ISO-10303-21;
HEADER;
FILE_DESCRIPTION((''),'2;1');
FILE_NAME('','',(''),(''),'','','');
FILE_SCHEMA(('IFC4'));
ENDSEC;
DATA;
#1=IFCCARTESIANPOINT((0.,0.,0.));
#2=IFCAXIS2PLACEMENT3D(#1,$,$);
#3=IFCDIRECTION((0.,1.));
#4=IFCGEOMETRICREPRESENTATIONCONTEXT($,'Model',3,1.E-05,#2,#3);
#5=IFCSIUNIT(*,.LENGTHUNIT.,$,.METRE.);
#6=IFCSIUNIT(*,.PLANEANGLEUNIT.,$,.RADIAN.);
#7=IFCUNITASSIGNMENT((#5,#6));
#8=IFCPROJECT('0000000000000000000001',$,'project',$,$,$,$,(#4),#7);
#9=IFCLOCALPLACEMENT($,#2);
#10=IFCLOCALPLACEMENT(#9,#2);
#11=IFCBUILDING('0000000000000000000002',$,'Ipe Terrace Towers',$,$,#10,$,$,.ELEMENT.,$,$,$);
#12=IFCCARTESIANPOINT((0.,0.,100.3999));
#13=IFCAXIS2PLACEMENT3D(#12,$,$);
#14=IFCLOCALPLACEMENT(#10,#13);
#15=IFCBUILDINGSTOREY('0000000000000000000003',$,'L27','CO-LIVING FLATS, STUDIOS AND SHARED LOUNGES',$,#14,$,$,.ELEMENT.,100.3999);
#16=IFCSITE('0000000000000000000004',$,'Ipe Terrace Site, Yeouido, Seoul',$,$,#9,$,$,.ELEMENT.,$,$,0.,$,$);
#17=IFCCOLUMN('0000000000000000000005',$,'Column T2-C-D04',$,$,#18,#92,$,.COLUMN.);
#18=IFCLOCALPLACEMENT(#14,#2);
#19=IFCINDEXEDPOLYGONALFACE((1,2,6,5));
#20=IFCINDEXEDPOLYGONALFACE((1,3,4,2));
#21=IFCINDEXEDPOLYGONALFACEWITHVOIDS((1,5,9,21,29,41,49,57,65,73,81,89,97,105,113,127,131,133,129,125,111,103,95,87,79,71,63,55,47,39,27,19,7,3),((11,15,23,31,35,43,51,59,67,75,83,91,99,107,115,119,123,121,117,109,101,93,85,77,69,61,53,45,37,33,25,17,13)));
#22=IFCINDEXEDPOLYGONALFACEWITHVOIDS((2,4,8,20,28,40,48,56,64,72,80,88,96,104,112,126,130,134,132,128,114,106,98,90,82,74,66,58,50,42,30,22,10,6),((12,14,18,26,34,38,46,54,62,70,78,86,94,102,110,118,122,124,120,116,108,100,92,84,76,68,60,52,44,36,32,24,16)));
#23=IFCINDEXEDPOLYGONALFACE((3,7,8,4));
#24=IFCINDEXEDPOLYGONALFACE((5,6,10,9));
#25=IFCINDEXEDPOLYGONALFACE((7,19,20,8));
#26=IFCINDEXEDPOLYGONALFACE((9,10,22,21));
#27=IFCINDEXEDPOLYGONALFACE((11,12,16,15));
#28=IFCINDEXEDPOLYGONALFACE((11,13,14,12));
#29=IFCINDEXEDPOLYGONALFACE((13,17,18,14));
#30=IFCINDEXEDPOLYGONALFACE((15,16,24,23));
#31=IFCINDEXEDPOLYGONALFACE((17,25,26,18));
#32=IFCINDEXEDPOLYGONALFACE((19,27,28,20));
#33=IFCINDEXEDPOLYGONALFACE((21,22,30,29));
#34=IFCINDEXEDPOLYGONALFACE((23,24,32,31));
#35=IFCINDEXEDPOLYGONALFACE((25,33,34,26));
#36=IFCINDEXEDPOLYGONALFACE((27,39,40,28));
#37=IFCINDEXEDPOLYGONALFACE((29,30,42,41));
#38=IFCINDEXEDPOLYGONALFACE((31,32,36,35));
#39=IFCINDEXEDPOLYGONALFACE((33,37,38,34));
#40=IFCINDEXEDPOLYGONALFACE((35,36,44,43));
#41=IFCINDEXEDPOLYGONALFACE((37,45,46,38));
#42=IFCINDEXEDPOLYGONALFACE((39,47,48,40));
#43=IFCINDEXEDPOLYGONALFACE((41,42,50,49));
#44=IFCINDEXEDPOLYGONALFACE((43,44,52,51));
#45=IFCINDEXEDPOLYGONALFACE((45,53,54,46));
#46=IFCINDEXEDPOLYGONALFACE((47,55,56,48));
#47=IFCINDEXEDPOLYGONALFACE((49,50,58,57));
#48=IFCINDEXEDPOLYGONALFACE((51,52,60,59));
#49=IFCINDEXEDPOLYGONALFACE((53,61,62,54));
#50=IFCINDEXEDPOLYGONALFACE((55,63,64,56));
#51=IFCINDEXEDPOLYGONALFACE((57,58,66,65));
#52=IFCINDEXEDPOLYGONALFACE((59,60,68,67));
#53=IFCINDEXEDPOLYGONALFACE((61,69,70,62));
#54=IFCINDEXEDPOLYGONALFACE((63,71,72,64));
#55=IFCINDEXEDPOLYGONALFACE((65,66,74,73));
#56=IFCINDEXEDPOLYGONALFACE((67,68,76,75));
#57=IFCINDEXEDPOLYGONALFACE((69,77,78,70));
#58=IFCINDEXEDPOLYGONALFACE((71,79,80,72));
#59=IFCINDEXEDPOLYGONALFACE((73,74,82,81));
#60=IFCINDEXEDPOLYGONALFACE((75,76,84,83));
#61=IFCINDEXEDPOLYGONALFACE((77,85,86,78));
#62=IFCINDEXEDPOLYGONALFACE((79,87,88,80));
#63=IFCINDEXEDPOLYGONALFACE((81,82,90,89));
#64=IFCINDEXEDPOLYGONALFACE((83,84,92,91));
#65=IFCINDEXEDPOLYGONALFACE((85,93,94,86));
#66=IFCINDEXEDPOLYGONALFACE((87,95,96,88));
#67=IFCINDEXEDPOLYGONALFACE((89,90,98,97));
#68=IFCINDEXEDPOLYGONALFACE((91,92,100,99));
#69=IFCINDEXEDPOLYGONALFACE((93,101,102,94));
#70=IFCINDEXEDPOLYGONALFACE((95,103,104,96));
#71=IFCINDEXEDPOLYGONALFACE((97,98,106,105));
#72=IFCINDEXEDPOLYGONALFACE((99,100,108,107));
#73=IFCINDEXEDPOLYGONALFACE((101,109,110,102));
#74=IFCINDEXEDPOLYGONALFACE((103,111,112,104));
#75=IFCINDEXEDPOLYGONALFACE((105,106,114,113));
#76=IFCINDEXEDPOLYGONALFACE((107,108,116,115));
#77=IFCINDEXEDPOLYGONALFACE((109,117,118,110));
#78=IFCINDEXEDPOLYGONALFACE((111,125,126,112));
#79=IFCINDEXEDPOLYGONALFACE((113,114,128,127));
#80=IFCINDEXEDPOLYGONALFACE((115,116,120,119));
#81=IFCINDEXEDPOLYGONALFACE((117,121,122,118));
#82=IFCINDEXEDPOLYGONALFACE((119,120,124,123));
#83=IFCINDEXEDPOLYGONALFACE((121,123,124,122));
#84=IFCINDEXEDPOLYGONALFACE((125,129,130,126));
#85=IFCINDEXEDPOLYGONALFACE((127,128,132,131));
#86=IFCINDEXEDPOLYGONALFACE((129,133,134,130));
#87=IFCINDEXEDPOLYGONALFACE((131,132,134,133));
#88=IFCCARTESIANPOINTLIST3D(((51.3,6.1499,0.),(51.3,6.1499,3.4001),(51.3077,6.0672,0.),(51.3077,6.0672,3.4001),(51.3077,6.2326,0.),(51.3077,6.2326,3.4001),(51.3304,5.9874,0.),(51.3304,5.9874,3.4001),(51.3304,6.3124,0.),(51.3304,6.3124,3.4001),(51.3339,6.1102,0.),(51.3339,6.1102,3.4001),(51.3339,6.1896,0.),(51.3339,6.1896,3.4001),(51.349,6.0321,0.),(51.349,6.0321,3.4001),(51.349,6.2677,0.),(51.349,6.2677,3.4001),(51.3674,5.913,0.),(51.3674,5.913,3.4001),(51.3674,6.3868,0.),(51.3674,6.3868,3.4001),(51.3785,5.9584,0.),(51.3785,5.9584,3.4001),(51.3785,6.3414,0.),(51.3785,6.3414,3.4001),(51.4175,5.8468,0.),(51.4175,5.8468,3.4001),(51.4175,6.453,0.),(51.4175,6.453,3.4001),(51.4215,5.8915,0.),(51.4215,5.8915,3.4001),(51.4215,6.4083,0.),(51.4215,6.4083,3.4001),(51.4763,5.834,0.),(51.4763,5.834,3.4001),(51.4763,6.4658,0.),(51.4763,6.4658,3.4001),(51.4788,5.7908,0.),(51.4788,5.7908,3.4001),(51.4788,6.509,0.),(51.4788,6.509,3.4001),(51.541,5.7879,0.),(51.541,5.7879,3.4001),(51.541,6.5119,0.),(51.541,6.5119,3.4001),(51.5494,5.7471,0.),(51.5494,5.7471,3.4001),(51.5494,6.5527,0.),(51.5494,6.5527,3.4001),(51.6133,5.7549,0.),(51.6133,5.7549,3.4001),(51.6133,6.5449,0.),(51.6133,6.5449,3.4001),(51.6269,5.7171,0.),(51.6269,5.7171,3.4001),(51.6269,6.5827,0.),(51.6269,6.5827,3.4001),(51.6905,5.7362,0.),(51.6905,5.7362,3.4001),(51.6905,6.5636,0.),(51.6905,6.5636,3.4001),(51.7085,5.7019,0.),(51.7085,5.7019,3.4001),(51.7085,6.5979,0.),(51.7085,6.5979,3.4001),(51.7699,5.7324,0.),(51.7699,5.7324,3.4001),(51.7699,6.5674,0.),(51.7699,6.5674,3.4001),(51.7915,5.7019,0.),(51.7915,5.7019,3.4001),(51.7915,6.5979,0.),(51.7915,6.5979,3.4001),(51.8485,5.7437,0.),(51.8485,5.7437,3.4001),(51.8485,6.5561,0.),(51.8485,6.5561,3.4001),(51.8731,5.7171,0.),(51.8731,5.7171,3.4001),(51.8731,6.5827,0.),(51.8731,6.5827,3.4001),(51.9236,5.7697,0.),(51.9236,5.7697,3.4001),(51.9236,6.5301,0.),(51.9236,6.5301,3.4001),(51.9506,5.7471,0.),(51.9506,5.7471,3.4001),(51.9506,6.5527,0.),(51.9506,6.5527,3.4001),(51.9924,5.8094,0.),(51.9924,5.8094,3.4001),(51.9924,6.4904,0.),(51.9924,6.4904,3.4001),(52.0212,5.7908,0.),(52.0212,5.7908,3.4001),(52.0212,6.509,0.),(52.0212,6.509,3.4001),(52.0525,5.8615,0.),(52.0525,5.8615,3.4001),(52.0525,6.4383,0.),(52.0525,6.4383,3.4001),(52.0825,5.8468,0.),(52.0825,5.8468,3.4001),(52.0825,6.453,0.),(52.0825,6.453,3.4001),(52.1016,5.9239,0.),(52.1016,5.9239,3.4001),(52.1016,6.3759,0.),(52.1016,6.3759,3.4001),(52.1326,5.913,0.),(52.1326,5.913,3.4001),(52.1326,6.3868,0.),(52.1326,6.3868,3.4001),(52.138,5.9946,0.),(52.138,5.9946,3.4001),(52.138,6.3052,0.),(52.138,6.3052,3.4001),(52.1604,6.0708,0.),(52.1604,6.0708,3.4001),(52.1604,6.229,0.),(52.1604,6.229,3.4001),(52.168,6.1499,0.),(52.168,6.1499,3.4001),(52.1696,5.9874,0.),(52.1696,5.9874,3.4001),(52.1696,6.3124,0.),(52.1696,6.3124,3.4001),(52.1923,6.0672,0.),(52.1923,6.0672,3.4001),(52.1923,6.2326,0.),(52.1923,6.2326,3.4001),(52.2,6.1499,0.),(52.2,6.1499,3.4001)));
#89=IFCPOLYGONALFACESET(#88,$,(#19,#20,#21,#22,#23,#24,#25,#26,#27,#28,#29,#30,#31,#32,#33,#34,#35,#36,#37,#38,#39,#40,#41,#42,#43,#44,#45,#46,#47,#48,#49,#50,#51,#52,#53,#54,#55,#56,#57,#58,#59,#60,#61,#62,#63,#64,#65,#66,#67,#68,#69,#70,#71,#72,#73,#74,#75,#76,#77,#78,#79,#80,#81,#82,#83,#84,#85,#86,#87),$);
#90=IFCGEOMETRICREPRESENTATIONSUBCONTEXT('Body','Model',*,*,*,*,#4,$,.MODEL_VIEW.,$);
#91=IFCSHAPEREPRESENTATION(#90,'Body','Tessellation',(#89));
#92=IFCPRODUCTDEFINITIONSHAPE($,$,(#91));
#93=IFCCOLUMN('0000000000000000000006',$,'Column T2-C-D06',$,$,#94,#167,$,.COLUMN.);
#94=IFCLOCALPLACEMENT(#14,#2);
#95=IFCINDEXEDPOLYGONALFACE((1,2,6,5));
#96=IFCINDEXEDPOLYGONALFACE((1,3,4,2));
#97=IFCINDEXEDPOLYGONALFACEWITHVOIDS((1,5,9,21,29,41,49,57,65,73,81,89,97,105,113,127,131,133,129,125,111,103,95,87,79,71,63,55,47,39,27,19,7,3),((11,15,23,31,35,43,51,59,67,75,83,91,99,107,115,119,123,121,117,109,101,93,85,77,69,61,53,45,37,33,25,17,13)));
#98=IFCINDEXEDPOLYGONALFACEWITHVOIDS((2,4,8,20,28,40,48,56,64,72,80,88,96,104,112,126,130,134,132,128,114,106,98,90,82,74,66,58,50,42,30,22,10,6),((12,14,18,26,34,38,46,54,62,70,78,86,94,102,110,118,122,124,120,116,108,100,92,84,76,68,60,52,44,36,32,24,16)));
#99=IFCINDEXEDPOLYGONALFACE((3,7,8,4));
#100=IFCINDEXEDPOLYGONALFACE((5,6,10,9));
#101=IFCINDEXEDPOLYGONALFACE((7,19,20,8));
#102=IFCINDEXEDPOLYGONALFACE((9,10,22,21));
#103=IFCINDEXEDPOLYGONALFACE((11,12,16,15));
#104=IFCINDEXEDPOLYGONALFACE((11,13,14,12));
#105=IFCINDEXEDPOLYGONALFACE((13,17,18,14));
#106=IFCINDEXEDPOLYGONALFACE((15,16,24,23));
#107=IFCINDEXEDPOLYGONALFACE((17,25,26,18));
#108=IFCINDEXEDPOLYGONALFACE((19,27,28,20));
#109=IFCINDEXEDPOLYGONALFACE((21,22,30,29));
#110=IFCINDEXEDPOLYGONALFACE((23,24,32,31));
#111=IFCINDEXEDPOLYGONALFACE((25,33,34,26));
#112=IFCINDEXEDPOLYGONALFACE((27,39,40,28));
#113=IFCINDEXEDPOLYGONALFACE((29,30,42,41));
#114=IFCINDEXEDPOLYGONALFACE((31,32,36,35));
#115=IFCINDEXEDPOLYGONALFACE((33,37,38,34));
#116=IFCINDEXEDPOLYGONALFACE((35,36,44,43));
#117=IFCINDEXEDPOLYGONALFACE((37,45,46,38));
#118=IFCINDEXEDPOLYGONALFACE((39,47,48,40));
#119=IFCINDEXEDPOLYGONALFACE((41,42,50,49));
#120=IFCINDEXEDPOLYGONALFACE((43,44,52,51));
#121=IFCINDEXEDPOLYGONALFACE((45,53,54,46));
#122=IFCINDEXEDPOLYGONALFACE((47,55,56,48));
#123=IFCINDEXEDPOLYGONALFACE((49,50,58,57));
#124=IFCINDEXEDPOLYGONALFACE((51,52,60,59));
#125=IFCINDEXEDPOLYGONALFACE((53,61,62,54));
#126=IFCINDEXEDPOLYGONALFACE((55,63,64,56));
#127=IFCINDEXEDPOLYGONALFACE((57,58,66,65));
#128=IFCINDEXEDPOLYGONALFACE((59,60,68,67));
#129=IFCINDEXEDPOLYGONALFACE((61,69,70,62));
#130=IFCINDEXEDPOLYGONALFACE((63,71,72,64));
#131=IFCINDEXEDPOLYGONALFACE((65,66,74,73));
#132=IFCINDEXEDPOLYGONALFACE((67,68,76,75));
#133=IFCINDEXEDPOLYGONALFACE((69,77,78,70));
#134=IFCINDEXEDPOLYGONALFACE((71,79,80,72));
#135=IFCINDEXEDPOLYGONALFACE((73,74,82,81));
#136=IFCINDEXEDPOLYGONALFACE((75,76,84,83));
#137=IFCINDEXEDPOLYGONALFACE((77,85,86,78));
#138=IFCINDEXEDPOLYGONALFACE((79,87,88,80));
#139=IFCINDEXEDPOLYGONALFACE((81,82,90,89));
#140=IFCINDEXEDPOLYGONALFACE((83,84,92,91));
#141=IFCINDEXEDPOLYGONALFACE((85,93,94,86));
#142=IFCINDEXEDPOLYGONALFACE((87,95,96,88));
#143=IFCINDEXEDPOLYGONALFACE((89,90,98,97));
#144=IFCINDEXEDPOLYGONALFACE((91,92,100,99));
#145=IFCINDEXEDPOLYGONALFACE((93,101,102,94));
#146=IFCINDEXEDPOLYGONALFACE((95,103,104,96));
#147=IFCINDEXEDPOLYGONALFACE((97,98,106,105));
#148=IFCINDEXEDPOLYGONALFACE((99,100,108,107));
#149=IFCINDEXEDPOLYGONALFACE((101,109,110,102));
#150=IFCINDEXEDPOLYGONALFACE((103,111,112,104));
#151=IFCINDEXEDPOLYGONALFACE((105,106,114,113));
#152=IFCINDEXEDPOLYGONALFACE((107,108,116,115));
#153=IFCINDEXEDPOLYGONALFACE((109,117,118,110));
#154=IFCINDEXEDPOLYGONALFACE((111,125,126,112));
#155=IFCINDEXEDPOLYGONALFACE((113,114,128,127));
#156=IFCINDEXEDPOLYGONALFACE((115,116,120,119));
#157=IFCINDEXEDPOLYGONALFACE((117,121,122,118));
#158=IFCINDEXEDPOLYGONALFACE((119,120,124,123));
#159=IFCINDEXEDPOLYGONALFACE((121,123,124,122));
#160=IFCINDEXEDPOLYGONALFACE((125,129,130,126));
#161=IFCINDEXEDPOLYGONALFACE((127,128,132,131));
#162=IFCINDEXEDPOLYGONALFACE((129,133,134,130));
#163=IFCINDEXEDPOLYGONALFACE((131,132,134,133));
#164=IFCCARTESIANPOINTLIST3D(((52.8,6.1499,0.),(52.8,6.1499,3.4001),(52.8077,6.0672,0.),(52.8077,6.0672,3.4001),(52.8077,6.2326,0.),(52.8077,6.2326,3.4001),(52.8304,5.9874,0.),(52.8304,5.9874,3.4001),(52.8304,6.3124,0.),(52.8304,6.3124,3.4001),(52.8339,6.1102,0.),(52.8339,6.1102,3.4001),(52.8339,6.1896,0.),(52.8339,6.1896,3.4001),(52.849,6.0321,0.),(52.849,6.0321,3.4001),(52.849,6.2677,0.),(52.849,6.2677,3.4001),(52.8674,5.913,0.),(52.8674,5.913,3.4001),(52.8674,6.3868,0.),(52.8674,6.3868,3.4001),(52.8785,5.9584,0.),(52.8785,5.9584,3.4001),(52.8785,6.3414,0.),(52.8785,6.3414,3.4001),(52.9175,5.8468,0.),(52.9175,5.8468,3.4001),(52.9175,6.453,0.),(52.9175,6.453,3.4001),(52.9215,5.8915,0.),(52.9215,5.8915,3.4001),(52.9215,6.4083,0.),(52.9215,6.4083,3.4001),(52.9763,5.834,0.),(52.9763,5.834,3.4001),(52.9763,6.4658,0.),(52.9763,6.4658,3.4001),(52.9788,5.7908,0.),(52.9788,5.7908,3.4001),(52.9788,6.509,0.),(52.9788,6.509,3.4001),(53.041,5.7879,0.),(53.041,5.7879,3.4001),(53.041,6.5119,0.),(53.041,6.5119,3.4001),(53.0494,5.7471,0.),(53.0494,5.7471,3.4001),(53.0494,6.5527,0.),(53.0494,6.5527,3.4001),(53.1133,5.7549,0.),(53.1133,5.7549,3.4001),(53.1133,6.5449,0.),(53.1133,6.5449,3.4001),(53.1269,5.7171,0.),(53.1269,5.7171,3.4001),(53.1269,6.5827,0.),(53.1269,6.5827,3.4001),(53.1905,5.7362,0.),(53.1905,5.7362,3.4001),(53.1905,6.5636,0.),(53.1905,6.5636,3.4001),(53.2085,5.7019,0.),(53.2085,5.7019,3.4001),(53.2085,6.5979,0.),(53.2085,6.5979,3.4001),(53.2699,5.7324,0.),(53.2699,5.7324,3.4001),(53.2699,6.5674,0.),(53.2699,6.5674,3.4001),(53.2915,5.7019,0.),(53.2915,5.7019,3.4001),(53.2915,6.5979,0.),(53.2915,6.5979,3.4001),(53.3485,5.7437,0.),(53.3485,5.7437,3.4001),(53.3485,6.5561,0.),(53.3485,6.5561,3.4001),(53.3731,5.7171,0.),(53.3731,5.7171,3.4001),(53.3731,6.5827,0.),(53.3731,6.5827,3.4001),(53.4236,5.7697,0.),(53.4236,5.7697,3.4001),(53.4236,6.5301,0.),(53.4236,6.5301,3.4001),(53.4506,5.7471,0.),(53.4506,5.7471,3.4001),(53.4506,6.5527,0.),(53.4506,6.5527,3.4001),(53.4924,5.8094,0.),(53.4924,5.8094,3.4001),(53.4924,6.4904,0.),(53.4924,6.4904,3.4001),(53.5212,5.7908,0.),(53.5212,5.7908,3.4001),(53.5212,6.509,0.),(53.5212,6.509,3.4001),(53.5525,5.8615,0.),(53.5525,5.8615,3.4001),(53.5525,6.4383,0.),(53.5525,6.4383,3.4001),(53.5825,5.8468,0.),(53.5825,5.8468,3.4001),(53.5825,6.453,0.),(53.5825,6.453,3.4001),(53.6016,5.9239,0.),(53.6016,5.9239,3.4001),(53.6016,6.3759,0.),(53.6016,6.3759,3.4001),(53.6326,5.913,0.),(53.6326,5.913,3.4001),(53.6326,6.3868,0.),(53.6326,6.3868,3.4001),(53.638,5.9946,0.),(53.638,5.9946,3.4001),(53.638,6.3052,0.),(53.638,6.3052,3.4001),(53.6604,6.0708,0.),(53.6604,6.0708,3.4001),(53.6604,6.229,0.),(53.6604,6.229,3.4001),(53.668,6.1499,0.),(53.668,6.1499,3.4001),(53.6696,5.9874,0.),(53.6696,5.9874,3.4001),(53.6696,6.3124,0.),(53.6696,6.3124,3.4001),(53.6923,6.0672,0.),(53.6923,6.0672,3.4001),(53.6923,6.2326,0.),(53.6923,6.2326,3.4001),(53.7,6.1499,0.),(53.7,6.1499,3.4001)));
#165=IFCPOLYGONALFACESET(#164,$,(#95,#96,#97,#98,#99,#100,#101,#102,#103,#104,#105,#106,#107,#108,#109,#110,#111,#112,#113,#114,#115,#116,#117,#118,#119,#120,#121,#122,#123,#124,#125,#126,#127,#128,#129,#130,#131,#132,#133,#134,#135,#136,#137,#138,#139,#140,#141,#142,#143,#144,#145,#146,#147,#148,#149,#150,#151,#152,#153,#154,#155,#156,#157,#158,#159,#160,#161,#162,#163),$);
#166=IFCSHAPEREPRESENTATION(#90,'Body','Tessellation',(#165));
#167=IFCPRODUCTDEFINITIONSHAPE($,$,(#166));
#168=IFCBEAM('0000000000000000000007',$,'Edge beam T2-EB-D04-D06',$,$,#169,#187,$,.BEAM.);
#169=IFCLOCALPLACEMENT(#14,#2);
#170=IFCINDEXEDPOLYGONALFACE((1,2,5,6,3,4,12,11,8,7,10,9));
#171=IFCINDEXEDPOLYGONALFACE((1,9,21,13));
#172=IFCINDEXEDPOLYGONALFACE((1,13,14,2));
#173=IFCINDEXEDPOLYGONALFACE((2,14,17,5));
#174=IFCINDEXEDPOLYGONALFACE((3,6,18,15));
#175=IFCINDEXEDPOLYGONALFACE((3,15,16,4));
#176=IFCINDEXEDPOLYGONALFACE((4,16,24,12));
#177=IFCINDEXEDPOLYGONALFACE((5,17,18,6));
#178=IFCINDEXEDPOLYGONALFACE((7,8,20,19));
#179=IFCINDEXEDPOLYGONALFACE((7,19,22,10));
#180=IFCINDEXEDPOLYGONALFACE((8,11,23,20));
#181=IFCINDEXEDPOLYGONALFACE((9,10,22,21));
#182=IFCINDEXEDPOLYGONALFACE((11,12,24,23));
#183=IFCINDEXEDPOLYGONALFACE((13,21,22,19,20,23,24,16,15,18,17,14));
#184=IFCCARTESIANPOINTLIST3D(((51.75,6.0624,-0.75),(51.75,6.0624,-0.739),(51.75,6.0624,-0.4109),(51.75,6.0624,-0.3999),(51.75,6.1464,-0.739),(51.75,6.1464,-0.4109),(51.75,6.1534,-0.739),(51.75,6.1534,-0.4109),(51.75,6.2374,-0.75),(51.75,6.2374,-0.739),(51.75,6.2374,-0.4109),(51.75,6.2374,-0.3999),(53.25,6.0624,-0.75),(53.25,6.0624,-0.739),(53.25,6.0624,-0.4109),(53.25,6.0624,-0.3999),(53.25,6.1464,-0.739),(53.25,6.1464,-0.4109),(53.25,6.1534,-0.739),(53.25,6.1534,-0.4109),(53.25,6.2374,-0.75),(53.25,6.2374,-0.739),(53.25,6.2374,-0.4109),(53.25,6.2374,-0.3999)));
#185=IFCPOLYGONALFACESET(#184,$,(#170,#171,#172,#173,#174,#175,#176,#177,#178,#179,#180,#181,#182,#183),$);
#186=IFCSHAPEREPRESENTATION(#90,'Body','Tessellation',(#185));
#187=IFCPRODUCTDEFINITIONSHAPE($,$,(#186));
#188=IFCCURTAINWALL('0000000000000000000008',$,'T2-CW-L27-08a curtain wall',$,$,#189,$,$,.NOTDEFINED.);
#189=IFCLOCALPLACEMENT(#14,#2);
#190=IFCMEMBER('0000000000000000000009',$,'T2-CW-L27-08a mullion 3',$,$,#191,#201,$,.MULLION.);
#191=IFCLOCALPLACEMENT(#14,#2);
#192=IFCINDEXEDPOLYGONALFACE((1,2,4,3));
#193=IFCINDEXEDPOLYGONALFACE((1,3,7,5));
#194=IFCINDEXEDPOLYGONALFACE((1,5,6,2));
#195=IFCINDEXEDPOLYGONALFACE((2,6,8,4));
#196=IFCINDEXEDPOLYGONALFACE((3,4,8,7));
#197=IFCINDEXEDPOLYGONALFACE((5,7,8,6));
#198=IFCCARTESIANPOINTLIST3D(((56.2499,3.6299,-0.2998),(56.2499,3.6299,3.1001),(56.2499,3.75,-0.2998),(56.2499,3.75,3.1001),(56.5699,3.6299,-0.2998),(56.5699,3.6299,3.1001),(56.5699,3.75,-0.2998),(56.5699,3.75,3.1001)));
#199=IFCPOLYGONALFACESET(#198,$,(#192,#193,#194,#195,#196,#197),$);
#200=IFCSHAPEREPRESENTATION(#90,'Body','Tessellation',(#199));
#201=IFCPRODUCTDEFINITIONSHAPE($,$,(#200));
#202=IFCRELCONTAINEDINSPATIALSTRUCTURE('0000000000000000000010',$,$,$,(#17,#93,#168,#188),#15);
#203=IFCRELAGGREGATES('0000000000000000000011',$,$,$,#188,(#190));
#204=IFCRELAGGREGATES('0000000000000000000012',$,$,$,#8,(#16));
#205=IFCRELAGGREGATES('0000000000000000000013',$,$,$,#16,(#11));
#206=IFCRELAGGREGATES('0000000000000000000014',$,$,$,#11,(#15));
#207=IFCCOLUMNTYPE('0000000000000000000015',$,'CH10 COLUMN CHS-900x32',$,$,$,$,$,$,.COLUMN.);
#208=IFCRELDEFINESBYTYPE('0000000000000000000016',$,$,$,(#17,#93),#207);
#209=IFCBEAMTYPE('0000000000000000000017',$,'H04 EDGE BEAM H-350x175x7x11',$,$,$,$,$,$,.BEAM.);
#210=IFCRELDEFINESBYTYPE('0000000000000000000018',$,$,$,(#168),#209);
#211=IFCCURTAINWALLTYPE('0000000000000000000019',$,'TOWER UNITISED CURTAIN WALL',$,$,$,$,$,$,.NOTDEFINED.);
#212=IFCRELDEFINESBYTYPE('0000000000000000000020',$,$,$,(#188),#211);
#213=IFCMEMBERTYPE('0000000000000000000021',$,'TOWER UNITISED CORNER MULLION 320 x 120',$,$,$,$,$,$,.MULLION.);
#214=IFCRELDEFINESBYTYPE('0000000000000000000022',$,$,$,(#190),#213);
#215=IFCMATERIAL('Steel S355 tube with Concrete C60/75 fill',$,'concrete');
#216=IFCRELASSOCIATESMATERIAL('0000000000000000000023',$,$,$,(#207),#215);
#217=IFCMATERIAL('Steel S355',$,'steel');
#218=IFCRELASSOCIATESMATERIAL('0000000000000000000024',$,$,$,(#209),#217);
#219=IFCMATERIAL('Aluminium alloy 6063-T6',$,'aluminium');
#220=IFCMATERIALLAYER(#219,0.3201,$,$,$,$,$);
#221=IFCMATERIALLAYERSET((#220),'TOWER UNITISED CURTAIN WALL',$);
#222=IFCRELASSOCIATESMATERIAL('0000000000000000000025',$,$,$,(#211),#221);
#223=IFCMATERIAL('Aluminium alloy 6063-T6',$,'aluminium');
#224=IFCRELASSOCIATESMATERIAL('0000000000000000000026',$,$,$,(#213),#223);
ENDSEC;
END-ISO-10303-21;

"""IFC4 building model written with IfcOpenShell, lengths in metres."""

from ifc_helpers import new_model, si_unit, direction, frame, origin, origin_2d, place, context, subcontext, project, spatial, rectangle, hollow_circle, i_section, extrude, material, layer, layer_set, material_profile, profile_set, type_object, element, aggregate, save


model = new_model("IFC4")

# Units and contexts
model_context = context("Model", 3, precision=1e-05, world=origin(), true_north=direction((0.0, 1.0)))
body_context = subcontext(model_context, "Body", "Model", "MODEL_VIEW")
ifc_project = project(units=[si_unit("LENGTHUNIT", "METRE"), si_unit("PLANEANGLEUNIT", "RADIAN")], contexts=[model_context])

# Site, building, storey
site_placement = place(None, origin())
site = spatial("IfcSite", under=ifc_project, at=site_placement, Name="Ipe Terrace Site, Yeouido, Seoul", CompositionType="ELEMENT", RefElevation=0.0)
building_placement = place(site_placement, origin())
building = spatial("IfcBuilding", under=site, at=building_placement, Name="Ipe Terrace Towers", CompositionType="ELEMENT")
storey_placement = place(building_placement, frame((0.0, 0.0, 100.3999)))
storey = spatial("IfcBuildingStorey", under=building, at=storey_placement, Name="L27", Description="CO-LIVING FLATS, STUDIOS AND SHARED LOUNGES", CompositionType="ELEMENT", Elevation=100.3999)

# Columns
ifc_material_1 = material(Name="Steel S355 tube with Concrete C60/75 fill", Category="concrete")
ifc_material_profile_1 = material_profile(ifc_material_1, hollow_circle(Radius=0.45, WallThickness=0.032, at=origin_2d()), Name="CHS-900x32")
ifc_profile_set_1 = profile_set([ifc_material_profile_1], Name="Steel S355 tube with Concrete C60/75 fill")
column_type = type_object("IfcColumnType", Name="CH10 COLUMN CHS-900x32", PredefinedType="COLUMN", material=ifc_profile_set_1)
for number, where, z_axis, x_axis, name in (
    (1, (51.75, 6.1499, 0.0), (0.0, 0.0, 1.0), (1.0, 0.0, 0.0), "Column T2-C-D04"),
    (2, (53.25, 6.1499, 0.0), (0.0, 0.0, 1.0), (1.0, 0.0, 0.0), "Column T2-C-D06"),
):
    element("IfcColumn", number, at=place(storey_placement, frame(where, z_axis=z_axis, x_axis=x_axis)), inside=storey, type_object=column_type, Name=name, PredefinedType="COLUMN", context=body_context, shape_type="SweptSolid", body=[
        extrude(hollow_circle(Radius=0.45, WallThickness=0.032, at=origin_2d()), origin(), (0.0, 0.0, 1.0), 3.4001),
    ])

# Beam
ifc_material_2 = material(Name="Steel S355", Category="steel")
ifc_material_profile_2 = material_profile(ifc_material_2, i_section(OverallWidth=0.175, OverallDepth=0.3501, WebThickness=0.0071, FlangeThickness=0.011, at=origin_2d()), Name="H-350x175x7x11")
ifc_profile_set_2 = profile_set([ifc_material_profile_2], Name="Steel S355")
beam_type = type_object("IfcBeamType", Name="H04 EDGE BEAM H-350x175x7x11", PredefinedType="BEAM", material=ifc_profile_set_2)
beam_placement = place(storey_placement, frame((51.75, 6.1499, -0.575), z_axis=(1.0, 0.0, 0.0), x_axis=(0.0, 1.0, 0.0)))
element("IfcBeam", 3, at=beam_placement, inside=storey, type_object=beam_type, Name="Edge beam T2-EB-D04-D06", PredefinedType="BEAM", context=body_context, shape_type="SweptSolid", body=[
    extrude(i_section(OverallWidth=0.175, OverallDepth=0.3501, WebThickness=0.0071, FlangeThickness=0.011, at=origin_2d()), origin(), (0.0, 0.0, 1.0), 1.5),
])

# Curtain wall, member
ifc_material_3 = material(Name="Aluminium alloy 6063-T6", Category="aluminium")
ifc_layer_1 = layer(ifc_material_3, 0.3201)
ifc_layer_set_1 = layer_set([ifc_layer_1], Name="TOWER UNITISED CURTAIN WALL")
curtain_wall_type = type_object("IfcCurtainWallType", Name="TOWER UNITISED CURTAIN WALL", PredefinedType="NOTDEFINED", material=ifc_layer_set_1)
curtain_wall_1_placement = place(storey_placement, origin())
curtain_wall_1 = element("IfcCurtainWall", 4, at=curtain_wall_1_placement, inside=storey, type_object=curtain_wall_type, Name="T2-CW-L27-08a curtain wall", PredefinedType="NOTDEFINED")
ifc_material_4 = material(Name="Aluminium alloy 6063-T6", Category="aluminium")
ifc_material_profile_3 = material_profile(ifc_material_4, rectangle(XDim=0.3201, YDim=0.1201, at=origin_2d()), Name="TOWER UNITISED CORNER MULLION 320 x 120")
ifc_profile_set_3 = profile_set([ifc_material_profile_3], Name="Aluminium alloy 6063-T6")
member_type = type_object("IfcMemberType", Name="TOWER UNITISED CORNER MULLION 320 x 120", PredefinedType="MULLION", material=ifc_profile_set_3)
member_1_placement = place(storey_placement, frame((56.4099, 3.6899, -0.2998), z_axis=(0.0, 0.0, 1.0), x_axis=(1.0, 0.0, 0.0)))
member_1 = element("IfcMember", 5, at=member_1_placement, type_object=member_type, Name="T2-CW-L27-08a mullion 3", PredefinedType="MULLION", context=body_context, shape_type="SweptSolid", body=[
    extrude(rectangle(XDim=0.3201, YDim=0.1201, at=origin_2d()), origin(), (0.0, 0.0, 1.0), 3.3999),
])

aggregate(curtain_wall_1, [member_1])

save(model, "model.ifc")
